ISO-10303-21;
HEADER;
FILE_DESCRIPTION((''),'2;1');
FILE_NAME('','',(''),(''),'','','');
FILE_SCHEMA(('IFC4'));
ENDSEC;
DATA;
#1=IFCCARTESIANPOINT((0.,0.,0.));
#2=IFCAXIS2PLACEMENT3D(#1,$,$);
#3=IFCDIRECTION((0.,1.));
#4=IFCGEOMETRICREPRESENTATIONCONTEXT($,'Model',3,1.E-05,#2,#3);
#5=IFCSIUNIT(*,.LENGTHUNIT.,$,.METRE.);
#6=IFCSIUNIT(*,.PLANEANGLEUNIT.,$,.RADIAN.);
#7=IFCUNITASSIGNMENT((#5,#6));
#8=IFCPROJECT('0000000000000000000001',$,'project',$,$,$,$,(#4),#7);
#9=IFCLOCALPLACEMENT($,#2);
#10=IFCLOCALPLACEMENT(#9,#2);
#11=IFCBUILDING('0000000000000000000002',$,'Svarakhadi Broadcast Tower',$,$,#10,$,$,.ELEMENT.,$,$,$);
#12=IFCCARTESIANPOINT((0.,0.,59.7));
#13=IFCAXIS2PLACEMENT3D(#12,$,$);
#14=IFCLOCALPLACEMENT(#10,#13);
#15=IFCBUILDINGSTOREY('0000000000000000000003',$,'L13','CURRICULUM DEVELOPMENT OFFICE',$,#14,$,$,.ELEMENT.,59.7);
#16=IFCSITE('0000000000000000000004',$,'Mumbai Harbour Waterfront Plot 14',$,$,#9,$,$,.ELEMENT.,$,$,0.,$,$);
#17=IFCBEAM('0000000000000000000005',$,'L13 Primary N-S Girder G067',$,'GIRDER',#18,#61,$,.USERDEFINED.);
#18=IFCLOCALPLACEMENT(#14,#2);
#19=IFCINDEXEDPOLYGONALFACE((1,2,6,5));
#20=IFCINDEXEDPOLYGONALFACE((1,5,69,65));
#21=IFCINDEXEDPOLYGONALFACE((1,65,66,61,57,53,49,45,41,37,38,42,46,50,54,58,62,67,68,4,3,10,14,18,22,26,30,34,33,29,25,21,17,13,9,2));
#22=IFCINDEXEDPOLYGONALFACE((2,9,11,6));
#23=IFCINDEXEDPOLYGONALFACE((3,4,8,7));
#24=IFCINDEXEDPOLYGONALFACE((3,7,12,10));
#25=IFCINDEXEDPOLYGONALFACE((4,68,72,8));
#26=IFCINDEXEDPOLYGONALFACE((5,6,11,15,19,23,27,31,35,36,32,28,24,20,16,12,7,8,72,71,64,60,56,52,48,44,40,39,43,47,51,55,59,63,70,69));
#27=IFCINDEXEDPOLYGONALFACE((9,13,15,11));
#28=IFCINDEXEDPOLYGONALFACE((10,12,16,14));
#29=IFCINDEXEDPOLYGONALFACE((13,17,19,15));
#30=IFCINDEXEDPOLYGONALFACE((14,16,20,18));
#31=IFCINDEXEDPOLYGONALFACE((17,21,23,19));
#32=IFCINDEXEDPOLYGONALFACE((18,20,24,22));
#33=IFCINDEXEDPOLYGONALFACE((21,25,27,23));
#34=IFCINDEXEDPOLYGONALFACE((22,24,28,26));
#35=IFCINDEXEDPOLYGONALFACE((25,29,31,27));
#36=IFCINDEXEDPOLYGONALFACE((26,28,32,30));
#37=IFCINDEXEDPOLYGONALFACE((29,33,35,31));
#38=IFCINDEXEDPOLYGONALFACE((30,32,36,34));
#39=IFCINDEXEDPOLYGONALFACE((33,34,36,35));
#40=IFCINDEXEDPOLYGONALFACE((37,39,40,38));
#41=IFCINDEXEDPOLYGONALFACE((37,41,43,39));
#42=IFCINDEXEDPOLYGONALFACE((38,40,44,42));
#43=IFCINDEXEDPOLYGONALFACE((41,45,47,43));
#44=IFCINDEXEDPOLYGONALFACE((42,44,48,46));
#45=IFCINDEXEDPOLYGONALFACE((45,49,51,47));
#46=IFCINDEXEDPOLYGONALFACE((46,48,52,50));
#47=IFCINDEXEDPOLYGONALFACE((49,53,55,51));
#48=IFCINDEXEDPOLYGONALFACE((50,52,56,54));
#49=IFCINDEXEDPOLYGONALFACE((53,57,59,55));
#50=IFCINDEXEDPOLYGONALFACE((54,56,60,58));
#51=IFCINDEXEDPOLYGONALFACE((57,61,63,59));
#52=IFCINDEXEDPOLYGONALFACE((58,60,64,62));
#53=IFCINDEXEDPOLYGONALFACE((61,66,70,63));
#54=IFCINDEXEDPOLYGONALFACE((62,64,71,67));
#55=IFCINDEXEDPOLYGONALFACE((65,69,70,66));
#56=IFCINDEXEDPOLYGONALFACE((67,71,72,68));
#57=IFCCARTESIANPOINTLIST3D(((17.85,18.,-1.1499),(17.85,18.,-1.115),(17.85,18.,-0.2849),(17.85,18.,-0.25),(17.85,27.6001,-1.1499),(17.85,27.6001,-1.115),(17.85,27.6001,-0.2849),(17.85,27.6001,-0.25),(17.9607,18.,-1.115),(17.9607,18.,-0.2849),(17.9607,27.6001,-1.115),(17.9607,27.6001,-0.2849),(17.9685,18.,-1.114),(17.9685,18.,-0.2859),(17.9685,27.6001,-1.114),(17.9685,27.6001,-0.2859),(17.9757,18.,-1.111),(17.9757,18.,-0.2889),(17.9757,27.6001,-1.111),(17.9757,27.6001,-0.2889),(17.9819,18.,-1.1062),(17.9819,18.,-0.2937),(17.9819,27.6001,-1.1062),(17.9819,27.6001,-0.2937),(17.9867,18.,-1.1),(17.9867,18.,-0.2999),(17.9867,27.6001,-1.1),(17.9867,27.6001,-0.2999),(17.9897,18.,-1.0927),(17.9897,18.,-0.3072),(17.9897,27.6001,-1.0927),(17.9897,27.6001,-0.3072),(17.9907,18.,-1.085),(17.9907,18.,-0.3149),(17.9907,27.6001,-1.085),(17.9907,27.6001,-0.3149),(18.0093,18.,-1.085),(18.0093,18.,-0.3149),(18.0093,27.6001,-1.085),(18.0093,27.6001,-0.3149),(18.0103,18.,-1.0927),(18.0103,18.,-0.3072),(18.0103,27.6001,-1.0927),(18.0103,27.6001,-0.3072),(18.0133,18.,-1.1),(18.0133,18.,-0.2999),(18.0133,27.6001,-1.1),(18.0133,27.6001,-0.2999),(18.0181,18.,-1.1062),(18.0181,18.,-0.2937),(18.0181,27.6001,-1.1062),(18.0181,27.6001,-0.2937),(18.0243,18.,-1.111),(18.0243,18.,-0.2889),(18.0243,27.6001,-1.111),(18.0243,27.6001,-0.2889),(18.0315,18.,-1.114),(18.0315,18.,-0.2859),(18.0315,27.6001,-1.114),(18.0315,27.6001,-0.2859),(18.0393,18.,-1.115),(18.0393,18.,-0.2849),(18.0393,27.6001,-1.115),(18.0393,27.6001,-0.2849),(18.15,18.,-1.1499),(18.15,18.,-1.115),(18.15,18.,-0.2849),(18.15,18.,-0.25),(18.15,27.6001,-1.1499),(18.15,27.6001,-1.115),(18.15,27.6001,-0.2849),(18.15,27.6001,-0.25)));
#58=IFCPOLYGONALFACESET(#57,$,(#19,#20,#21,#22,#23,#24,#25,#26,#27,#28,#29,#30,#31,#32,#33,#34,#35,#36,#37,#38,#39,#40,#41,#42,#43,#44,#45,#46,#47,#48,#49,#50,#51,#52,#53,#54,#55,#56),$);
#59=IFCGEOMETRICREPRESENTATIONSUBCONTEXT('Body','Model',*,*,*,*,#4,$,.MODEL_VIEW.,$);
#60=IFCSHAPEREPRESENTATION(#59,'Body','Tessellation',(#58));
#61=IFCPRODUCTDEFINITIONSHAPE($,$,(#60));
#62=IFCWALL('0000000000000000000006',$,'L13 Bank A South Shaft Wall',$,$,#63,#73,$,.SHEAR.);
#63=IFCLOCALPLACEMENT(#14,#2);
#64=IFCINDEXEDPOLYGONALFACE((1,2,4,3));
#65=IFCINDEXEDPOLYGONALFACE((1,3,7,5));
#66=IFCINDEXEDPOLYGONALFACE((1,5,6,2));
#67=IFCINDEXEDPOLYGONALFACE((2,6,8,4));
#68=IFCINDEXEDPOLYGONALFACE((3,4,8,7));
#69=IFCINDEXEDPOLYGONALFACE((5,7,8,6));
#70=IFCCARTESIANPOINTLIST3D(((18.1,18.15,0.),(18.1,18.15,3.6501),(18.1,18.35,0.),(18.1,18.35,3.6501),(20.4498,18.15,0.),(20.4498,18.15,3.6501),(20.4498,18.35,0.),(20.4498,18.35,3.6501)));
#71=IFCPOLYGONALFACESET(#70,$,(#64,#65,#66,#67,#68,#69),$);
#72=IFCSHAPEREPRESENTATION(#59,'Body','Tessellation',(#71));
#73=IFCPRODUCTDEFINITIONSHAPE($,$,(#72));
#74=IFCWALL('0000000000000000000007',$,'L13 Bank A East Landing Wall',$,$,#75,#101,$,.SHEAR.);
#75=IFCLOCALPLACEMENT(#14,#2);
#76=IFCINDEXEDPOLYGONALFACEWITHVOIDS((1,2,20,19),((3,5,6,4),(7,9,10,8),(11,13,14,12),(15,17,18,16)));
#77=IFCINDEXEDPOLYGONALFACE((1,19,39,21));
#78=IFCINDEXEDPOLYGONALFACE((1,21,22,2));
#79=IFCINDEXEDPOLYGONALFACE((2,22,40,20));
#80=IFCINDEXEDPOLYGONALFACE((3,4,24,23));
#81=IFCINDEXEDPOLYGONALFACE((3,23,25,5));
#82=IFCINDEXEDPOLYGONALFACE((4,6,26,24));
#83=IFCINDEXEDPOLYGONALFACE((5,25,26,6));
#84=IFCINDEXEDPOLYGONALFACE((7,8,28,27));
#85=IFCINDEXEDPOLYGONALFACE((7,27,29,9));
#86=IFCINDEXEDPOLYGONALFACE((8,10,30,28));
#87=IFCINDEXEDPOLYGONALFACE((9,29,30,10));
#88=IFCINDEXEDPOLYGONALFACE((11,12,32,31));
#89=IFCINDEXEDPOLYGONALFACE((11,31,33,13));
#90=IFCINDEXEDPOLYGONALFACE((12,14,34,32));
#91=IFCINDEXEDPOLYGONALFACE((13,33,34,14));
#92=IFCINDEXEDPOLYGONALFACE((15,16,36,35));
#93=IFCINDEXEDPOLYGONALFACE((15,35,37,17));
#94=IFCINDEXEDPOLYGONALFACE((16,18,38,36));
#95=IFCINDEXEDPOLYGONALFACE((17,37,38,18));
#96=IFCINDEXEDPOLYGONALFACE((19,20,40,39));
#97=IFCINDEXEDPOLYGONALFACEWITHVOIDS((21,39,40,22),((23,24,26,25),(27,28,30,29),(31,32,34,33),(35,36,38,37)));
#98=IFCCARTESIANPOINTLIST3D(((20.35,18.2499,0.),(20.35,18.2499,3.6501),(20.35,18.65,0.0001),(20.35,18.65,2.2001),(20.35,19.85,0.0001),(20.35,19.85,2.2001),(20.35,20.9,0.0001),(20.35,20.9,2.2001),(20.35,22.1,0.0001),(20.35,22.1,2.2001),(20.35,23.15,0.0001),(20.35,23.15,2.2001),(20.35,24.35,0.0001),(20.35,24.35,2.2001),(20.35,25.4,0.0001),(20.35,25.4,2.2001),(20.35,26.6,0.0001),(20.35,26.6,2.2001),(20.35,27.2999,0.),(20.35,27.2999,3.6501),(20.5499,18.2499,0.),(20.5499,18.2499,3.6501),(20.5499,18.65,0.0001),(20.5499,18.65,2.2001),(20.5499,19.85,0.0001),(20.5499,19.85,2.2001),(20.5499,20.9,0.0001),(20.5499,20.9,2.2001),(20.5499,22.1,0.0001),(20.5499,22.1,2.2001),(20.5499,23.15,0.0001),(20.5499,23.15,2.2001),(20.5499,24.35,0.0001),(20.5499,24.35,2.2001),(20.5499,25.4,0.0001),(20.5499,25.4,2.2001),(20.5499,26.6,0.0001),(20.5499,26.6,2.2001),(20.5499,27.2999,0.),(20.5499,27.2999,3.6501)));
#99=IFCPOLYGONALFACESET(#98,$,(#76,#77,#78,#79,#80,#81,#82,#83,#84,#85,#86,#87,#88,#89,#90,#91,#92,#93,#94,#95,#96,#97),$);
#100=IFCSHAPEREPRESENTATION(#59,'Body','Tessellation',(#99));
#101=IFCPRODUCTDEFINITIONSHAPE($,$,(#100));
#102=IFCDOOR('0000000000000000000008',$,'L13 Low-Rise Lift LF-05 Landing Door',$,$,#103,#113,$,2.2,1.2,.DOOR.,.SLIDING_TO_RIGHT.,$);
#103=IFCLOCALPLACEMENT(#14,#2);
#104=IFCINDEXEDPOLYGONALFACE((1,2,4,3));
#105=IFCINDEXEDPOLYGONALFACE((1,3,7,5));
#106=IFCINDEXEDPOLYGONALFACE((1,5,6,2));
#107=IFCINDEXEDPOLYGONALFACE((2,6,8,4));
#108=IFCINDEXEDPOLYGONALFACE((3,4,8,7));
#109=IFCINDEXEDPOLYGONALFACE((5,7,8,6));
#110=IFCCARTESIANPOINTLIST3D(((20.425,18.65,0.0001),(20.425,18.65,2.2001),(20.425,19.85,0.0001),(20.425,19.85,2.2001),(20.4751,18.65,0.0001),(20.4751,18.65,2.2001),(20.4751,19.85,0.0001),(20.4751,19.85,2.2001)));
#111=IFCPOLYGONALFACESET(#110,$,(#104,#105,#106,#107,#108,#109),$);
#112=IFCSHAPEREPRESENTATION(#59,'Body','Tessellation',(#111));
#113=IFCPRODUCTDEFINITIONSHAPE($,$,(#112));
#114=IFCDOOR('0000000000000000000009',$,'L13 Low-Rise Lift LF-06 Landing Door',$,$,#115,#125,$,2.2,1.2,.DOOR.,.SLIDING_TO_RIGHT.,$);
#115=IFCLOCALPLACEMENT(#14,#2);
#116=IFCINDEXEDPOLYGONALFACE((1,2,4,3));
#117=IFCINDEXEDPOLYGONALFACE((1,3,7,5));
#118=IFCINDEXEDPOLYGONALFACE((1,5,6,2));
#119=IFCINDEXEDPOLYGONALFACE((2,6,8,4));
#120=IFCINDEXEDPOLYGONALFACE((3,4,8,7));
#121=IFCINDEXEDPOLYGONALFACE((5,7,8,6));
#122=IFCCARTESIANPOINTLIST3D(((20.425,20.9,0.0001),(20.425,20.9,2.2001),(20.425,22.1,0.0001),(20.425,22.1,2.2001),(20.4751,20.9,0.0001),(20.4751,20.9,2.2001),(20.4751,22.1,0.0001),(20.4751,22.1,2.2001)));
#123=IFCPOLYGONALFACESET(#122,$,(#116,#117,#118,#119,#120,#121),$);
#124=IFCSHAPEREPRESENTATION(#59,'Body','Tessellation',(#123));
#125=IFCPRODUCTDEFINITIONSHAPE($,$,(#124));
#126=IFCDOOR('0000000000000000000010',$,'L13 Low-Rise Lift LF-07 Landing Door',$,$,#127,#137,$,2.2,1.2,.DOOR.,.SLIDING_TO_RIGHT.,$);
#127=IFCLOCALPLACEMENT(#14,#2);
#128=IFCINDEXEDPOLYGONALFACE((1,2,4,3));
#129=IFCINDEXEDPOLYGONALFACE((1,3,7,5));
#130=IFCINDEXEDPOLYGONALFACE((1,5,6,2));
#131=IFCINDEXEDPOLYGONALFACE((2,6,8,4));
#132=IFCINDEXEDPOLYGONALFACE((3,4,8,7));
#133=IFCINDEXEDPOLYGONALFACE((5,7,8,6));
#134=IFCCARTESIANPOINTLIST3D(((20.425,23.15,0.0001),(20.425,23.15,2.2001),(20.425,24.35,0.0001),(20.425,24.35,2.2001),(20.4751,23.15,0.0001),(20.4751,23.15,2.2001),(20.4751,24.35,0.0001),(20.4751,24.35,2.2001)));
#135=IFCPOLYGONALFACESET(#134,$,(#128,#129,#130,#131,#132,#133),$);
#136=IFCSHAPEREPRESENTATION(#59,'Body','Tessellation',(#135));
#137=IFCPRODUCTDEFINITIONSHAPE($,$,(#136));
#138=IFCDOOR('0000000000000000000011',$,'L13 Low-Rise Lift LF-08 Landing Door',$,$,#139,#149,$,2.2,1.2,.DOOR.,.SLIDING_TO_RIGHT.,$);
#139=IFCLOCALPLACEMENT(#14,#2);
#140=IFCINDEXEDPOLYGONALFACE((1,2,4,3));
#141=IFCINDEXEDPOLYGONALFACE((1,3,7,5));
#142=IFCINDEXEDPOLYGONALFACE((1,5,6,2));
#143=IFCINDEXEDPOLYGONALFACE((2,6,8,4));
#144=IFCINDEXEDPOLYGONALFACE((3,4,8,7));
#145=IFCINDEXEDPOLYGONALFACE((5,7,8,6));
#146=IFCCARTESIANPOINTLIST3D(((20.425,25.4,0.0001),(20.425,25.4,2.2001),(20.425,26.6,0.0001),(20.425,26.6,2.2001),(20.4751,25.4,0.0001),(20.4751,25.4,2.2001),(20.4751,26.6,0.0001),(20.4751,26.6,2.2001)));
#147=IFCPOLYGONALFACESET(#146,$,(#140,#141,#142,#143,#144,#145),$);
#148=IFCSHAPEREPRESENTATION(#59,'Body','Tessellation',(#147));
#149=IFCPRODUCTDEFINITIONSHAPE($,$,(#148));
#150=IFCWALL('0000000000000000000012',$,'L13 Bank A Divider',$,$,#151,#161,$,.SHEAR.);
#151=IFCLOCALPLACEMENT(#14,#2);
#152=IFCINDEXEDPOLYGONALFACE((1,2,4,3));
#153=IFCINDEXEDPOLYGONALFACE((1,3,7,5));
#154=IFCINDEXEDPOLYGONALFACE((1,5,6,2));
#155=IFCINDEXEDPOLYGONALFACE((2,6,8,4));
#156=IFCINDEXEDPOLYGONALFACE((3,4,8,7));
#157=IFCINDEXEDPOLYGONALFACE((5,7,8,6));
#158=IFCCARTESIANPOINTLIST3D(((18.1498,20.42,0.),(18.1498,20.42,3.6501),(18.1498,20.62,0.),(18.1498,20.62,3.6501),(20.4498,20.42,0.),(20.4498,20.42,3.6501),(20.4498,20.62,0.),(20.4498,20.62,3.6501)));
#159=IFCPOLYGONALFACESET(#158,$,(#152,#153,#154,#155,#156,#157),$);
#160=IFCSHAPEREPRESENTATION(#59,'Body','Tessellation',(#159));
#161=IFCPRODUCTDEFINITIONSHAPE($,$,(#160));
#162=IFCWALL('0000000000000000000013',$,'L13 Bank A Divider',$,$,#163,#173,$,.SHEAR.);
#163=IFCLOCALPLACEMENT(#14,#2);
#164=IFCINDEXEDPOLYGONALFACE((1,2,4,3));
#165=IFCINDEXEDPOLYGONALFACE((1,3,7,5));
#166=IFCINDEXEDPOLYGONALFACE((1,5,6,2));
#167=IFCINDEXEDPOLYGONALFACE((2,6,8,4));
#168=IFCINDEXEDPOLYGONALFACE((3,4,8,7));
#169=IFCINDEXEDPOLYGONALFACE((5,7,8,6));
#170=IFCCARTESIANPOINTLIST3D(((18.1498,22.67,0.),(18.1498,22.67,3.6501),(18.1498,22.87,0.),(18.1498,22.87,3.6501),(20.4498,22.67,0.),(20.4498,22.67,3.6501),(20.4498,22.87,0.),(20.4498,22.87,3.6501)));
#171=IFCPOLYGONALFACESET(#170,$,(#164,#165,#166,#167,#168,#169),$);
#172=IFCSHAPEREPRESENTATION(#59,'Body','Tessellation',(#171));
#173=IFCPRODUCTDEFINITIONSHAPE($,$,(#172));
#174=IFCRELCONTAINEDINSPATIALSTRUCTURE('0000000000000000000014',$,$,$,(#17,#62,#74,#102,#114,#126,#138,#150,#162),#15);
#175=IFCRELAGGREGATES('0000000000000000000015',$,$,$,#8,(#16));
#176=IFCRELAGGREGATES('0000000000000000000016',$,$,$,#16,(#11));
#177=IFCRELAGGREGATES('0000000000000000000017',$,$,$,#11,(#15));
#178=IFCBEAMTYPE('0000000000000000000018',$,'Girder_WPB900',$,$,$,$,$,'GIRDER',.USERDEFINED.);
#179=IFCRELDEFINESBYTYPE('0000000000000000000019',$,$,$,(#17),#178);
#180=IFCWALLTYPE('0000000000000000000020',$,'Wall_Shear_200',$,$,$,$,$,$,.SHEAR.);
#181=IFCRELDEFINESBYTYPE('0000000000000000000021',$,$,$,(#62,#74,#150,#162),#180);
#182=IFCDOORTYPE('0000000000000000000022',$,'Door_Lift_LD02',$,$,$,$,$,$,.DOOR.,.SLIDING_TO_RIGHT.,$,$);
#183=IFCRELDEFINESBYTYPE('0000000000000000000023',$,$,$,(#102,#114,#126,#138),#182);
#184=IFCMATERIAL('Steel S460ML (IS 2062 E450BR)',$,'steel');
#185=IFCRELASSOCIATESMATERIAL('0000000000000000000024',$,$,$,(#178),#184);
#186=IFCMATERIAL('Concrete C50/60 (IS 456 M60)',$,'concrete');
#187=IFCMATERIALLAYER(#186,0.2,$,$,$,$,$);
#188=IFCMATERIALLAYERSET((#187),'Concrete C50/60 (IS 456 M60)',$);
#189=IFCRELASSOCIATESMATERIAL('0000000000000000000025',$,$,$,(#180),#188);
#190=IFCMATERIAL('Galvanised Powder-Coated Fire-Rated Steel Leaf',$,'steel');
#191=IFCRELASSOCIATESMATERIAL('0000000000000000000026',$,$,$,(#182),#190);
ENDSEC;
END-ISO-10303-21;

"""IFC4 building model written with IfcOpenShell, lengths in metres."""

from ifc_helpers import new_model, si_unit, direction, frame, frame_2d, origin, origin_2d, place, context, subcontext, project, spatial, rectangle, i_section, extrude, material, layer, layer_set, material_profile, profile_set, type_object, element, fill, save


model = new_model("IFC4")

# Units and contexts
model_context = context("Model", 3, precision=1e-05, world=origin(), true_north=direction((0.0, 1.0)))
body_context = subcontext(model_context, "Body", "Model", "MODEL_VIEW")
ifc_project = project(units=[si_unit("LENGTHUNIT", "METRE"), si_unit("PLANEANGLEUNIT", "RADIAN")], contexts=[model_context])

# Site, building, storey
site_placement = place(None, origin())
site = spatial("IfcSite", under=ifc_project, at=site_placement, Name="Mumbai Harbour Waterfront Plot 14", CompositionType="ELEMENT", RefElevation=0.0)
building_placement = place(site_placement, origin())
building = spatial("IfcBuilding", under=site, at=building_placement, Name="Svarakhadi Broadcast Tower", CompositionType="ELEMENT")
storey_placement = place(building_placement, frame((0.0, 0.0, 59.7)))
storey = spatial("IfcBuildingStorey", under=building, at=storey_placement, Name="L13", Description="CURRICULUM DEVELOPMENT OFFICE", CompositionType="ELEMENT", Elevation=59.7)

# Beam
ifc_material_1 = material(Name="Steel S460ML (IS 2062 E450BR)", Category="steel")
ifc_material_profile_1 = material_profile(ifc_material_1, i_section(OverallWidth=0.3, OverallDepth=0.8999, WebThickness=0.0186, FlangeThickness=0.0349, FilletRadius=0.03, at=origin_2d()), Name="WPB 900x300x291")
ifc_profile_set_1 = profile_set([ifc_material_profile_1], Name="Steel S460ML (IS 2062 E450BR)")
beam_type_1 = type_object("IfcBeamType", Name="Girder_WPB900", ElementType="GIRDER", PredefinedType="USERDEFINED", material=ifc_profile_set_1)
for number, where, z_axis, x_axis, name in (
    (1, (18.0, 18.0, -0.7), (0.0, 1.0, 0.0), (-1.0, 0.0, 0.0), "L13 Primary N-S Girder G067"),
):
    element("IfcBeam", number, at=place(storey_placement, frame(where, z_axis=z_axis, x_axis=x_axis)), inside=storey, type_object=beam_type_1, Name=name, ObjectType="GIRDER", PredefinedType="USERDEFINED", context=body_context, shape_type="SweptSolid", body=[
        extrude(i_section(OverallWidth=0.3, OverallDepth=0.8999, WebThickness=0.0186, FlangeThickness=0.0349, FilletRadius=0.03, at=origin_2d()), origin(), (0.0, 0.0, 1.0), 9.6001),
    ])

# Wall
ifc_material_2 = material(Name="Concrete C50/60 (IS 456 M60)", Category="concrete")
ifc_layer_1 = layer(ifc_material_2, 0.2)
ifc_layer_set_1 = layer_set([ifc_layer_1], Name="Concrete C50/60 (IS 456 M60)")
wall_type_1 = type_object("IfcWallType", Name="Wall_Shear_200", PredefinedType="SHEAR", material=ifc_layer_set_1)
wall_1_placement = place(storey_placement, frame((18.1001, 18.25, 0.0), z_axis=(0.0, 0.0, 1.0), x_axis=(1.0, 0.0, 0.0)))
element("IfcWall", 2, at=wall_1_placement, inside=storey, type_object=wall_type_1, Name="L13 Bank A South Shaft Wall", PredefinedType="SHEAR", context=body_context, shape_type="SweptSolid", body=[
    extrude(rectangle(XDim=2.3499, YDim=0.2, at=frame_2d((1.1748, 0.0))), origin(), (0.0, 0.0, 1.0), 3.6501),
])

# Wall, openings, doors
wall_2_placement = place(storey_placement, frame((20.45, 18.25, 0.0), z_axis=(0.0, 0.0, 1.0), x_axis=(0.0, 1.0, 0.0)))
wall_2 = element("IfcWall", 3, at=wall_2_placement, inside=storey, type_object=wall_type_1, Name="L13 Bank A East Landing Wall", PredefinedType="SHEAR", context=body_context, shape_type="SweptSolid", body=[
    extrude(rectangle(XDim=9.05, YDim=0.2, at=frame_2d((4.5249, 0.0))), origin(), (0.0, 0.0, 1.0), 3.6501),
])
opening_1_placement = place(wall_2_placement, frame((0.3999, 0.0, 0.0)))
opening_1 = element("IfcOpeningElement", 4, at=opening_1_placement, cuts=wall_2, PredefinedType="OPENING", context=body_context, shape_type="SweptSolid", body=[
    extrude(rectangle(XDim=1.2, YDim=2.2, at=frame_2d((0.6001, 1.1001))), frame((0.0, 0.1099, 0.0), z_axis=(0.0, -1.0, 0.0), x_axis=(1.0, 0.0, 0.0)), (0.0, 0.0, 1.0), 0.22),
])
opening_2_placement = place(wall_2_placement, frame((2.6499, 0.0, 0.0)))
opening_2 = element("IfcOpeningElement", 5, at=opening_2_placement, cuts=wall_2, PredefinedType="OPENING", context=body_context, shape_type="SweptSolid", body=[
    extrude(rectangle(XDim=1.2, YDim=2.2, at=frame_2d((0.6001, 1.1001))), frame((0.0, 0.1099, 0.0), z_axis=(0.0, -1.0, 0.0), x_axis=(1.0, 0.0, 0.0)), (0.0, 0.0, 1.0), 0.22),
])
opening_3_placement = place(wall_2_placement, frame((4.8999, 0.0, 0.0)))
opening_3 = element("IfcOpeningElement", 6, at=opening_3_placement, cuts=wall_2, PredefinedType="OPENING", context=body_context, shape_type="SweptSolid", body=[
    extrude(rectangle(XDim=1.2, YDim=2.2, at=frame_2d((0.6001, 1.1001))), frame((0.0, 0.1099, 0.0), z_axis=(0.0, -1.0, 0.0), x_axis=(1.0, 0.0, 0.0)), (0.0, 0.0, 1.0), 0.22),
])
opening_4_placement = place(wall_2_placement, frame((7.1499, 0.0, 0.0)))
opening_4 = element("IfcOpeningElement", 7, at=opening_4_placement, cuts=wall_2, PredefinedType="OPENING", context=body_context, shape_type="SweptSolid", body=[
    extrude(rectangle(XDim=1.2, YDim=2.2, at=frame_2d((0.6001, 1.1001))), frame((0.0, 0.1099, 0.0), z_axis=(0.0, -1.0, 0.0), x_axis=(1.0, 0.0, 0.0)), (0.0, 0.0, 1.0), 0.22),
])
ifc_material_3 = material(Name="Galvanised Powder-Coated Fire-Rated Steel Leaf", Category="steel")
door_type_1 = type_object("IfcDoorType", Name="Door_Lift_LD02", OperationType="SLIDING_TO_RIGHT", PredefinedType="DOOR", material=ifc_material_3)
door_1_placement = place(opening_1_placement, origin())
door_1 = element("IfcDoor", 8, at=door_1_placement, inside=storey, type_object=door_type_1, Name="L13 Low-Rise Lift LF-05 Landing Door", OperationType="SLIDING_TO_RIGHT", OverallHeight=2.2, OverallWidth=1.2, PredefinedType="DOOR", context=body_context, shape_type="SweptSolid", body=[
    extrude(rectangle(XDim=1.2, YDim=2.2, at=frame_2d((0.6001, 1.1001))), frame((0.0, 0.0249, 0.0), z_axis=(0.0, -1.0, 0.0), x_axis=(1.0, 0.0, 0.0)), (0.0, 0.0, 1.0), 0.05),
])
fill(opening_1, door_1)
door_2_placement = place(opening_2_placement, origin())
door_2 = element("IfcDoor", 9, at=door_2_placement, inside=storey, type_object=door_type_1, Name="L13 Low-Rise Lift LF-06 Landing Door", OperationType="SLIDING_TO_RIGHT", OverallHeight=2.2, OverallWidth=1.2, PredefinedType="DOOR", context=body_context, shape_type="SweptSolid", body=[
    extrude(rectangle(XDim=1.2, YDim=2.2, at=frame_2d((0.6001, 1.1001))), frame((0.0, 0.0249, 0.0), z_axis=(0.0, -1.0, 0.0), x_axis=(1.0, 0.0, 0.0)), (0.0, 0.0, 1.0), 0.05),
])
fill(opening_2, door_2)
door_3_placement = place(opening_3_placement, origin())
door_3 = element("IfcDoor", 10, at=door_3_placement, inside=storey, type_object=door_type_1, Name="L13 Low-Rise Lift LF-07 Landing Door", OperationType="SLIDING_TO_RIGHT", OverallHeight=2.2, OverallWidth=1.2, PredefinedType="DOOR", context=body_context, shape_type="SweptSolid", body=[
    extrude(rectangle(XDim=1.2, YDim=2.2, at=frame_2d((0.6001, 1.1001))), frame((0.0, 0.0249, 0.0), z_axis=(0.0, -1.0, 0.0), x_axis=(1.0, 0.0, 0.0)), (0.0, 0.0, 1.0), 0.05),
])
fill(opening_3, door_3)
door_4_placement = place(opening_4_placement, origin())
door_4 = element("IfcDoor", 11, at=door_4_placement, inside=storey, type_object=door_type_1, Name="L13 Low-Rise Lift LF-08 Landing Door", OperationType="SLIDING_TO_RIGHT", OverallHeight=2.2, OverallWidth=1.2, PredefinedType="DOOR", context=body_context, shape_type="SweptSolid", body=[
    extrude(rectangle(XDim=1.2, YDim=2.2, at=frame_2d((0.6001, 1.1001))), frame((0.0, 0.0249, 0.0), z_axis=(0.0, -1.0, 0.0), x_axis=(1.0, 0.0, 0.0)), (0.0, 0.0, 1.0), 0.05),
])
fill(opening_4, door_4)

# Walls
for number, where, z_axis, x_axis, name in (
    (12, (18.1499, 20.52, 0.0), (0.0, 0.0, 1.0), (1.0, 0.0, 0.0), "L13 Bank A Divider"),
    (13, (18.1499, 22.77, 0.0), (0.0, 0.0, 1.0), (1.0, 0.0, 0.0), "L13 Bank A Divider"),
):
    element("IfcWall", number, at=place(storey_placement, frame(where, z_axis=z_axis, x_axis=x_axis)), inside=storey, type_object=wall_type_1, Name=name, PredefinedType="SHEAR", context=body_context, shape_type="SweptSolid", body=[
        extrude(rectangle(XDim=2.3, YDim=0.2, at=frame_2d((1.1499, 0.0))), origin(), (0.0, 0.0, 1.0), 3.6501),
    ])

save(model, "model.ifc")
